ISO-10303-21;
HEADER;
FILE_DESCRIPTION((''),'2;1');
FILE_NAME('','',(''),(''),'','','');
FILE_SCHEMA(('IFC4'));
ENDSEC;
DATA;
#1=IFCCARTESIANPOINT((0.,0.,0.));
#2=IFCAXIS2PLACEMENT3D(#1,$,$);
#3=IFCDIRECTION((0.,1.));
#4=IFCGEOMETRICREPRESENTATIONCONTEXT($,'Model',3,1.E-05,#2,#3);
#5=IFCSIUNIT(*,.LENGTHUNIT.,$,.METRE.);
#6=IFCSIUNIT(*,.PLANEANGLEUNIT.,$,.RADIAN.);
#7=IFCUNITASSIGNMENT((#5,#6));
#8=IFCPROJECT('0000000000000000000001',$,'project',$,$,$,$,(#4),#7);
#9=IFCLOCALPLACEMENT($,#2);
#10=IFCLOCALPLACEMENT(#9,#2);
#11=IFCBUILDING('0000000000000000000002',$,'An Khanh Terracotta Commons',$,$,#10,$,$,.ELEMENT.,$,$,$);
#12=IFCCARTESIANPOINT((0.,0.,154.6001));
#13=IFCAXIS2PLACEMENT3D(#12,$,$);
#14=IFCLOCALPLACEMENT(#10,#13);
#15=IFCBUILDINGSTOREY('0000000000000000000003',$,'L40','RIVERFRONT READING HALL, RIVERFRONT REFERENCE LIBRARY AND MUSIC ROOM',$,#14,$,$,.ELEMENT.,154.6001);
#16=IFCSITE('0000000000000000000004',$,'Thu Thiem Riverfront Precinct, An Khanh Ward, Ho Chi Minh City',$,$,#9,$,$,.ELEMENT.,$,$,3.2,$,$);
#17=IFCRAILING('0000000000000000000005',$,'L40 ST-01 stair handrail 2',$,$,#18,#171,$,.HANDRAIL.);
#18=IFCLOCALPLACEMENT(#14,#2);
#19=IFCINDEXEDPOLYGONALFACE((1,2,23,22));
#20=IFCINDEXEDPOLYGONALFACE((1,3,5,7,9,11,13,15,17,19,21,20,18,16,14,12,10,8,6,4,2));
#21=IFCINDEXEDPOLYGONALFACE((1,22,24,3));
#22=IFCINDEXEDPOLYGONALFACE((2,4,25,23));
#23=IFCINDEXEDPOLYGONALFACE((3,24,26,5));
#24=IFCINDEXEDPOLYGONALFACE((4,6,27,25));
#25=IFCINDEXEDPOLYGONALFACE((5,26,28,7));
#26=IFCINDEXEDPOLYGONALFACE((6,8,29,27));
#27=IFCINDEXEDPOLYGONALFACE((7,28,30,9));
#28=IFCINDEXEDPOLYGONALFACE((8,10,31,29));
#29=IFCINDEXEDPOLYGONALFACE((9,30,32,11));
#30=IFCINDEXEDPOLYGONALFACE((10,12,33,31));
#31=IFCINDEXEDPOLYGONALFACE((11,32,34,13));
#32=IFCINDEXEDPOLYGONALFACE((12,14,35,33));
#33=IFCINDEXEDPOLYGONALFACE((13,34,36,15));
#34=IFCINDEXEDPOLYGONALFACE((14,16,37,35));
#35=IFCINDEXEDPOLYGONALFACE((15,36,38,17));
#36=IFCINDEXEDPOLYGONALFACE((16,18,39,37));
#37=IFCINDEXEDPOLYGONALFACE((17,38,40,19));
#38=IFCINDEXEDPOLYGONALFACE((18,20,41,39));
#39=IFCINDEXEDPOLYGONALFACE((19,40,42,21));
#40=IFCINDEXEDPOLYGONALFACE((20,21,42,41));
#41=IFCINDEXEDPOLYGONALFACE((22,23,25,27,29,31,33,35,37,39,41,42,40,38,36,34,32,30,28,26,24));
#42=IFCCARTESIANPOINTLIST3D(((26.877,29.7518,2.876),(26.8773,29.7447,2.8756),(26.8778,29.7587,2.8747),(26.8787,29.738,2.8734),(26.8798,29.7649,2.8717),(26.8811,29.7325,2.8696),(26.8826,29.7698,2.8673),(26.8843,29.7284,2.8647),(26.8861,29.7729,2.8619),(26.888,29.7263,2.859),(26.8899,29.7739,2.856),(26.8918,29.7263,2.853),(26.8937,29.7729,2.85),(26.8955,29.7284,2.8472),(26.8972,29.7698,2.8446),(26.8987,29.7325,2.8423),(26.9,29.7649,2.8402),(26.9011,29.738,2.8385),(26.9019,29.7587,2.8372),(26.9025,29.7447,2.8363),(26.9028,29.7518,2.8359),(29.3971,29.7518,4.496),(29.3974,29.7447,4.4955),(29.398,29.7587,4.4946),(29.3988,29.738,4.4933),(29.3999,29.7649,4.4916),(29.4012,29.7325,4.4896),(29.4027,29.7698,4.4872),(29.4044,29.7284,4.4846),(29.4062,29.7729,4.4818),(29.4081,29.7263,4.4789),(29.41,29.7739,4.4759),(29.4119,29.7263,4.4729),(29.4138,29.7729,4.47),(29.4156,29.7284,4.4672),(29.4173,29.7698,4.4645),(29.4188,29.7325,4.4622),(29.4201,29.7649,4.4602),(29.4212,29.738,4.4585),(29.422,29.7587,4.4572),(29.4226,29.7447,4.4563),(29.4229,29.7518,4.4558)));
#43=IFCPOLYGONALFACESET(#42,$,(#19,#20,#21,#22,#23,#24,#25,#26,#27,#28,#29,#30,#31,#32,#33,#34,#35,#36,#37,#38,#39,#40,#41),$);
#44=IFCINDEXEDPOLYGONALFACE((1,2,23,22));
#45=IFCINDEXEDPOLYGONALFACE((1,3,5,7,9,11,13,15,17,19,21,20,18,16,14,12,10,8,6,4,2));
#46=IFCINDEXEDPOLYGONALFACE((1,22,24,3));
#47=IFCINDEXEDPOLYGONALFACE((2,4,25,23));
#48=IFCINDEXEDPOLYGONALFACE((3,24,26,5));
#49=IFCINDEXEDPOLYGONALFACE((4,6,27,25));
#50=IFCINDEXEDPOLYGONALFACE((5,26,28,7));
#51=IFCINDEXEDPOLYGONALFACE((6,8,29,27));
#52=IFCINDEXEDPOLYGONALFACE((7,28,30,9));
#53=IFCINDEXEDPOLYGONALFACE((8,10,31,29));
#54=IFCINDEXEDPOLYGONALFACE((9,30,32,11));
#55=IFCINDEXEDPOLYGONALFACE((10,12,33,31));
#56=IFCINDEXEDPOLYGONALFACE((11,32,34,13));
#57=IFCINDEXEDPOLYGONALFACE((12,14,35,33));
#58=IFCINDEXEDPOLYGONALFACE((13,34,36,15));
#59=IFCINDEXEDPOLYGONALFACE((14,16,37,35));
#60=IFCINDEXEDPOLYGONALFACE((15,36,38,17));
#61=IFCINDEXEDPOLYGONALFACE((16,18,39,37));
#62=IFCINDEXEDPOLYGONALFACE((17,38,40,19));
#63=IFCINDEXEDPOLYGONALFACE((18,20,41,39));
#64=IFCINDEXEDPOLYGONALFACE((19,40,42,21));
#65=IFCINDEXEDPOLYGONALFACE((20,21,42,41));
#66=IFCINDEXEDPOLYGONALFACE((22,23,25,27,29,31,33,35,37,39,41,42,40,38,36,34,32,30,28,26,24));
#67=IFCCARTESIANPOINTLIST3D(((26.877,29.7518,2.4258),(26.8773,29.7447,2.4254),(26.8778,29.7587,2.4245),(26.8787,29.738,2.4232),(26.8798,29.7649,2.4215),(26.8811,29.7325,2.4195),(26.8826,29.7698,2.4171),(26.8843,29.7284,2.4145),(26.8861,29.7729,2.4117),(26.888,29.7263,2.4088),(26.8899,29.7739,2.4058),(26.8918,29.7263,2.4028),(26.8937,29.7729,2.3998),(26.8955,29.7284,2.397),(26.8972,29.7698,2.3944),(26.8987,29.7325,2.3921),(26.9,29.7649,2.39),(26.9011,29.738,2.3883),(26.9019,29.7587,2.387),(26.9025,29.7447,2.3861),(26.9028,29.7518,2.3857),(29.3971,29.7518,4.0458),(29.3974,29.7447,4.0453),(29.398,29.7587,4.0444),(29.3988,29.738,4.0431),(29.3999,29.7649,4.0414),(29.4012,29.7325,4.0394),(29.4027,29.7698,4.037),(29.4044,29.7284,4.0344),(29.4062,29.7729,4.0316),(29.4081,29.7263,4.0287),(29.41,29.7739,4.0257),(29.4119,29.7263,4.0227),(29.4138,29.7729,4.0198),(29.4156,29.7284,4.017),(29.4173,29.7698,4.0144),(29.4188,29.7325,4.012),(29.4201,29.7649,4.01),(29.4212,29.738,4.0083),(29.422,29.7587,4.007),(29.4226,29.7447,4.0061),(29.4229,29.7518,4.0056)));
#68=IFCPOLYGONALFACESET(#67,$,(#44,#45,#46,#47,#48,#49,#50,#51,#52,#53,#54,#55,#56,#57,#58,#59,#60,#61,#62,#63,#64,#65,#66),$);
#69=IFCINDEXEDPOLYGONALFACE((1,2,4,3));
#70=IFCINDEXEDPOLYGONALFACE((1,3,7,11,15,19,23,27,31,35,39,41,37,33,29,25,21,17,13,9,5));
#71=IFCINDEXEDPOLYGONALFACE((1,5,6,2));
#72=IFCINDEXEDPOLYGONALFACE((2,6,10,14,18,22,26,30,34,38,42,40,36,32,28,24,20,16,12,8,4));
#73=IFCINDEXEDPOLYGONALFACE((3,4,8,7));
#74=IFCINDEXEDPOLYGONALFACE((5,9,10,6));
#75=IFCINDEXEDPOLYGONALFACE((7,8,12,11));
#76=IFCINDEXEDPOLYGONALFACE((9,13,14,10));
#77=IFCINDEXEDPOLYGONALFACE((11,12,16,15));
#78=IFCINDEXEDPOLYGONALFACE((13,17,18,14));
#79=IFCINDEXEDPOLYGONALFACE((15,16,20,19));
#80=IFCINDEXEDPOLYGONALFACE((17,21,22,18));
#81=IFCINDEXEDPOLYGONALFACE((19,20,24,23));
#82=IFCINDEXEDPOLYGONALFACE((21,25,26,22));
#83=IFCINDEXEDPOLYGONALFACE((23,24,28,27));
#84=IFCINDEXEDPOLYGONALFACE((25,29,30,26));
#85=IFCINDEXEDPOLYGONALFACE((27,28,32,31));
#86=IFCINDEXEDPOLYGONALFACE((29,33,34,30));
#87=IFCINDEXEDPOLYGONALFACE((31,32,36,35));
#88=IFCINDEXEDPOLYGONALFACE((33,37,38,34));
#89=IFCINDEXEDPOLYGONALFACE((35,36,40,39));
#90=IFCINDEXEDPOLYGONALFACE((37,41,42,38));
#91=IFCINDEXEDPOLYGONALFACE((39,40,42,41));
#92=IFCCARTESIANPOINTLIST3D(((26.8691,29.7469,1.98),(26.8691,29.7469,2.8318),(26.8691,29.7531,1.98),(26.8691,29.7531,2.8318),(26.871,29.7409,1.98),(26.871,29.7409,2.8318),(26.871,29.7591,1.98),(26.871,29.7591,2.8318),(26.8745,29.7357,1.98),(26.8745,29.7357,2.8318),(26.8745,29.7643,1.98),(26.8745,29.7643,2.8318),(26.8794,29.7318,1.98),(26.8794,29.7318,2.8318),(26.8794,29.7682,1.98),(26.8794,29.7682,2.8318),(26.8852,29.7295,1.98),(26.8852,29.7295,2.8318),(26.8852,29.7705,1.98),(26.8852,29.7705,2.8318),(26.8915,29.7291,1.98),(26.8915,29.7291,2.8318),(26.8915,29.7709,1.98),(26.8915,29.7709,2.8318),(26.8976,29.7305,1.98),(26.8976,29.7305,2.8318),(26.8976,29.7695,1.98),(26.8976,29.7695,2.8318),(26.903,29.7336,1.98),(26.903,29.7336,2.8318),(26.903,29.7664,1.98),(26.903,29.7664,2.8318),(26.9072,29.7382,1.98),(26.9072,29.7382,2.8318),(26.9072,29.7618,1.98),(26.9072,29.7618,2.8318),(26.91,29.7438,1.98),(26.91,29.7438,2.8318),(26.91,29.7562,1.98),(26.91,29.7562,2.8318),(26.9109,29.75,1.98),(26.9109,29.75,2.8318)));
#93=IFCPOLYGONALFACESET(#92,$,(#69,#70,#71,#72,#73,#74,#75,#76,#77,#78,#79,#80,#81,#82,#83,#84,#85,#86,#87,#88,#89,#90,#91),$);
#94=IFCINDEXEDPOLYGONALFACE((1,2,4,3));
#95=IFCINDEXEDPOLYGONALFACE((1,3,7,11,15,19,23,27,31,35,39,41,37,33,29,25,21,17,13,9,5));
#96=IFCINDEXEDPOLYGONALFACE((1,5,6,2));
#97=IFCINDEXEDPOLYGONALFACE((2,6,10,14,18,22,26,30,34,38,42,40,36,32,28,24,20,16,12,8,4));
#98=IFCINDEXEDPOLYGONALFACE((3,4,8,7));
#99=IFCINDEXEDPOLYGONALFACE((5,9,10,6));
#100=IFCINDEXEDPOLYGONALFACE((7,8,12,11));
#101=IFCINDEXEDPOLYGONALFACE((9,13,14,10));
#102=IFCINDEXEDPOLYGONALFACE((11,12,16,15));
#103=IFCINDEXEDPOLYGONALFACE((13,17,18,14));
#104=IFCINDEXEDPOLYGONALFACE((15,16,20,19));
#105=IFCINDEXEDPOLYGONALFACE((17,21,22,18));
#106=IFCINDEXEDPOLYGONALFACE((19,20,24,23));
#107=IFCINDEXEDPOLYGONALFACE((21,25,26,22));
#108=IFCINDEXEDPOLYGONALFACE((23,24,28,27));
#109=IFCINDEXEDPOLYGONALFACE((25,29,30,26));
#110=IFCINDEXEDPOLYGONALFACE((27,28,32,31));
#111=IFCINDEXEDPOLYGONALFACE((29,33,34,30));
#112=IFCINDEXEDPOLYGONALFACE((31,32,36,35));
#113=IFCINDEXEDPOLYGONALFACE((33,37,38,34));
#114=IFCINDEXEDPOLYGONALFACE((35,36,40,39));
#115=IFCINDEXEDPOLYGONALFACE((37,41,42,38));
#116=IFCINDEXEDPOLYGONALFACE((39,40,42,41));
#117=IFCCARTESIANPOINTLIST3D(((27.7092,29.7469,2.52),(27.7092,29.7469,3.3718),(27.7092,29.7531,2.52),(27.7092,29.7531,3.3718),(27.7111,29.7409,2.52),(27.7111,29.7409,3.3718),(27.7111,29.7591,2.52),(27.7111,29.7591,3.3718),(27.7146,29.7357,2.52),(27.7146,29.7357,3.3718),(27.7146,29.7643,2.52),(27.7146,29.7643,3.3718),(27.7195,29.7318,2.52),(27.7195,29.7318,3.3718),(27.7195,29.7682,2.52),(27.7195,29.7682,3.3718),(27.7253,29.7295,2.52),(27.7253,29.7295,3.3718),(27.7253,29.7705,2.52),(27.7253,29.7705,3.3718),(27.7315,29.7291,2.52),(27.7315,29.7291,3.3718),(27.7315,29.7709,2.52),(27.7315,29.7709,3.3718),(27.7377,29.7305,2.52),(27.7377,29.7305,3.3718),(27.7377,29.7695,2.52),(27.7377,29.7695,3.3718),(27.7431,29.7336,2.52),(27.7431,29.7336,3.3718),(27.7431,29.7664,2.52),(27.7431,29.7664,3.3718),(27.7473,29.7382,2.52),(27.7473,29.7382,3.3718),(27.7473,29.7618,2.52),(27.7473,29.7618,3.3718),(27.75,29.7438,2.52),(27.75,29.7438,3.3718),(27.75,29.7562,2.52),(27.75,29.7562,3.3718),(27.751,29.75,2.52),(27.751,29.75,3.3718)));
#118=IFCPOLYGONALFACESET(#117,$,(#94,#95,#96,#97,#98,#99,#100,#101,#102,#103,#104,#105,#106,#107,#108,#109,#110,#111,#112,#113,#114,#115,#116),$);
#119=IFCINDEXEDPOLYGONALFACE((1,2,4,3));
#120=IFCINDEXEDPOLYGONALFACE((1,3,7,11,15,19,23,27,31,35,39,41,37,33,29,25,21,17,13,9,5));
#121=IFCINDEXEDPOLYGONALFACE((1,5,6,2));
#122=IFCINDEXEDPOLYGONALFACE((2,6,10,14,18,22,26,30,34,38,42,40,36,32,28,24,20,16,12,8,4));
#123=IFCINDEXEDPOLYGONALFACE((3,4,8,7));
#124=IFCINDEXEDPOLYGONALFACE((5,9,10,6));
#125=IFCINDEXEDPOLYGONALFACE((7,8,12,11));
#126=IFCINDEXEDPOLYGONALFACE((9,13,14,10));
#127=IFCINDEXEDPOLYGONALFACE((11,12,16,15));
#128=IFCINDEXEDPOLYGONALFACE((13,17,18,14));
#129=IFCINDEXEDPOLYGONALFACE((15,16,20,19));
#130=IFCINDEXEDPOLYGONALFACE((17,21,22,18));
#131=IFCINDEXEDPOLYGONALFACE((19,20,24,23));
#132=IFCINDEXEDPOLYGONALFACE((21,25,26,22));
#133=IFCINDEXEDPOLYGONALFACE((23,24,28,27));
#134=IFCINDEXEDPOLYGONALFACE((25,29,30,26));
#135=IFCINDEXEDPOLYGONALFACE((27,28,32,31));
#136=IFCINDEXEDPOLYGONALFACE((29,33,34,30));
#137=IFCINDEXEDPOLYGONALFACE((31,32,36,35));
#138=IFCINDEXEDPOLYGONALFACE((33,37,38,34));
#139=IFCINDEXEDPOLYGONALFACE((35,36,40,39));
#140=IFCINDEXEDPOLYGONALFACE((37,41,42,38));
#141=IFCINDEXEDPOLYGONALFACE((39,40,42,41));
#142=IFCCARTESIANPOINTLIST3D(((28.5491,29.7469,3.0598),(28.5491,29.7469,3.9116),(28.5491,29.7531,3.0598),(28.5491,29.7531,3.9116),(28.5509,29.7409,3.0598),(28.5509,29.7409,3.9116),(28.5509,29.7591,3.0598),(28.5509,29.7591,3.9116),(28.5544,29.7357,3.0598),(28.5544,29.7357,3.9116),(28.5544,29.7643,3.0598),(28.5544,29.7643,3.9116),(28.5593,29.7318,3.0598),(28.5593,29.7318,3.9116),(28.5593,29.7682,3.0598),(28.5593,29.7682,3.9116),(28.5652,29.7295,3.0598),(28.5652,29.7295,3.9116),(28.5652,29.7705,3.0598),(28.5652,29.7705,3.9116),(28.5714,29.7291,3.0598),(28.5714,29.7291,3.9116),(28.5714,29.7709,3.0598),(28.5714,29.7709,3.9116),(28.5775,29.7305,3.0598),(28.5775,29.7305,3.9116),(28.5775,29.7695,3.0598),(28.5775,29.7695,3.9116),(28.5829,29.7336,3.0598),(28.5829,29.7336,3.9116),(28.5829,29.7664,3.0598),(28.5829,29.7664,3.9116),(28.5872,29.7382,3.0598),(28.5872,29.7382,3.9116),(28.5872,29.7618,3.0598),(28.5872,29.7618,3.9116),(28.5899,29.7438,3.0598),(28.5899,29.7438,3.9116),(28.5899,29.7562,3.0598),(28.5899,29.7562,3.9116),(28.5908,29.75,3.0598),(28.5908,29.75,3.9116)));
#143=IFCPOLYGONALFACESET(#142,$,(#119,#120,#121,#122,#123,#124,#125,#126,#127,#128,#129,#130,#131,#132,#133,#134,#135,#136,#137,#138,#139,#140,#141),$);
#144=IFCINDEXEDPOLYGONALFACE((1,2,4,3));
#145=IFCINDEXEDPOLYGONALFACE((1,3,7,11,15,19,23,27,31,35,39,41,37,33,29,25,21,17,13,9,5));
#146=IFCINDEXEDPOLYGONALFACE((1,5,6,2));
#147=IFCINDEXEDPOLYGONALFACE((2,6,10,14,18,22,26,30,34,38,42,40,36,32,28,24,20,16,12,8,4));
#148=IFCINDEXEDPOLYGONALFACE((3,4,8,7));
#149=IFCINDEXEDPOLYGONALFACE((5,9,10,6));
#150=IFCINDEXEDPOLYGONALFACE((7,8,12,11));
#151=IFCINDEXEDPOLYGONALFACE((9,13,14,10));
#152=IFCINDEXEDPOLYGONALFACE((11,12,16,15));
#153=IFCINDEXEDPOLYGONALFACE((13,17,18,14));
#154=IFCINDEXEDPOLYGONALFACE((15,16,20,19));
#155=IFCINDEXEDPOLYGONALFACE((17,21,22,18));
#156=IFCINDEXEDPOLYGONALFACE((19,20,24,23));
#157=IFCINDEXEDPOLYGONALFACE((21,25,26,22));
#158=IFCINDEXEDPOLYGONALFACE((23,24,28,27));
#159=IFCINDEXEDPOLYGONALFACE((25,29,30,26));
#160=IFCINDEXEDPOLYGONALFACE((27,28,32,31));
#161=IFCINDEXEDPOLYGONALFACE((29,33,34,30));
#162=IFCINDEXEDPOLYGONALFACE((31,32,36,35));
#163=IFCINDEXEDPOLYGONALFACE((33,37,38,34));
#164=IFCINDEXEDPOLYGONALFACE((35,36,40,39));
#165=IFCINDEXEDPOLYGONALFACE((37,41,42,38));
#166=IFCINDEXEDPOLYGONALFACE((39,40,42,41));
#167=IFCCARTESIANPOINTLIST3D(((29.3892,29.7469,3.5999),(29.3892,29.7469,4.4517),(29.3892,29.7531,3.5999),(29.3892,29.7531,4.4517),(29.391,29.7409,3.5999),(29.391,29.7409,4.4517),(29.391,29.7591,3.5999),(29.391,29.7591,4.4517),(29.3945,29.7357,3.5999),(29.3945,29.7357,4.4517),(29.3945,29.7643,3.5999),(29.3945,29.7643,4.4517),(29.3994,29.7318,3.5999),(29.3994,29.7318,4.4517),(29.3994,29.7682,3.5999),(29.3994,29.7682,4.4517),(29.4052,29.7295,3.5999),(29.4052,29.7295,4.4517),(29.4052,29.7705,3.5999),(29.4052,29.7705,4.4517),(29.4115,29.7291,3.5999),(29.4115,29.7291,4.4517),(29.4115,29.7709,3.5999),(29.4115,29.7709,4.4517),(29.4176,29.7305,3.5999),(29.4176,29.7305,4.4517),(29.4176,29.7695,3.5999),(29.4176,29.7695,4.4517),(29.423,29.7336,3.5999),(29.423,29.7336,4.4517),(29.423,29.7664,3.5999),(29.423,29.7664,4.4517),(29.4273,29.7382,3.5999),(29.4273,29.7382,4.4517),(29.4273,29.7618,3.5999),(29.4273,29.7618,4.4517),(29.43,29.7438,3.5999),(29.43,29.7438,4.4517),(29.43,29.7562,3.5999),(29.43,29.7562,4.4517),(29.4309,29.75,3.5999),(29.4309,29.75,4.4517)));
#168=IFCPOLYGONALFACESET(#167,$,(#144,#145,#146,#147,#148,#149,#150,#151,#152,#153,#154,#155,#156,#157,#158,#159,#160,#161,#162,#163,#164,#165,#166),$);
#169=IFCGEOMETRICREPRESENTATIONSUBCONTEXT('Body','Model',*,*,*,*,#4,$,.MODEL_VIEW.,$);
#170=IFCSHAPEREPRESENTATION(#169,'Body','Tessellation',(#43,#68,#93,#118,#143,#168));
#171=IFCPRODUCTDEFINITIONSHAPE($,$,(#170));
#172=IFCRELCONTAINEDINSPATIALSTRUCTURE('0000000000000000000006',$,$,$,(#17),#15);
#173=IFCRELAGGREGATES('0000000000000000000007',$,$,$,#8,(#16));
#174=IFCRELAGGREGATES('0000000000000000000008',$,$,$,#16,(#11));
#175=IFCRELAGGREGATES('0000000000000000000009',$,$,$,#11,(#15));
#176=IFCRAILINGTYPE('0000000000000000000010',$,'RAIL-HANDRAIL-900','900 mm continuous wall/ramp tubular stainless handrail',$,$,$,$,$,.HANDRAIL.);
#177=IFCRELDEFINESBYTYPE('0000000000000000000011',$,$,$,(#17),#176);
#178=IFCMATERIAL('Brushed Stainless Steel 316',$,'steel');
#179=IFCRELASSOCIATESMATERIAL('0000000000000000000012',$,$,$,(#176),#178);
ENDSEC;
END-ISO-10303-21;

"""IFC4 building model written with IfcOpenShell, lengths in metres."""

from ifc_helpers import new_model, si_unit, direction, frame, origin, origin_2d, place, context, subcontext, project, spatial, circle, extrude, material, type_object, element, save


model = new_model("IFC4")

# Units and contexts
model_context = context("Model", 3, precision=1e-05, world=origin(), true_north=direction((0.0, 1.0)))
body_context = subcontext(model_context, "Body", "Model", "MODEL_VIEW")
ifc_project = project(units=[si_unit("LENGTHUNIT", "METRE"), si_unit("PLANEANGLEUNIT", "RADIAN")], contexts=[model_context])

# Site, building, storey
site_placement = place(None, origin())
site = spatial("IfcSite", under=ifc_project, at=site_placement, Name="Thu Thiem Riverfront Precinct, An Khanh Ward, Ho Chi Minh City", CompositionType="ELEMENT", RefElevation=3.2)
building_placement = place(site_placement, origin())
building = spatial("IfcBuilding", under=site, at=building_placement, Name="An Khanh Terracotta Commons", CompositionType="ELEMENT")
storey_placement = place(building_placement, frame((0.0, 0.0, 154.6001)))
storey = spatial("IfcBuildingStorey", under=building, at=storey_placement, Name="L40", Description="RIVERFRONT READING HALL, RIVERFRONT REFERENCE LIBRARY AND MUSIC ROOM", CompositionType="ELEMENT", Elevation=154.6001)

# Railing
ifc_material_1 = material(Name="Brushed Stainless Steel 316", Category="steel")
railing_type_1 = type_object("IfcRailingType", Name="RAIL-HANDRAIL-900", Description="900 mm continuous wall/ramp tubular stainless handrail", PredefinedType="HANDRAIL", material=ifc_material_1)
railing_1_placement = place(storey_placement, frame((26.8899, 29.75, 1.98)))
element("IfcRailing", 1, at=railing_1_placement, inside=storey, type_object=railing_type_1, Name="L40 ST-01 stair handrail 2", PredefinedType="HANDRAIL", context=body_context, shape_type="SweptSolid", body=[
    extrude(circle(Radius=0.0239, at=origin_2d()), frame((0.0, 0.0, 0.876), z_axis=(0.8412, 0.0, 0.540725), x_axis=(0.0, 1.0, 0.0)), (0.0, 0.0, 1.0), 2.9958),
    extrude(circle(Radius=0.0239, at=origin_2d()), frame((0.0, 0.0, 0.4258), z_axis=(0.8412, 0.0, 0.540725), x_axis=(0.0, 1.0, 0.0)), (0.0, 0.0, 1.0), 2.9958),
    extrude(circle(Radius=0.021, at=origin_2d()), origin(), (0.0, 0.0, 1.0), 0.8518),
    extrude(circle(Radius=0.021, at=origin_2d()), frame((0.8401, 0.0, 0.54)), (0.0, 0.0, 1.0), 0.8518),
    extrude(circle(Radius=0.021, at=origin_2d()), frame((1.6799, 0.0, 1.0798)), (0.0, 0.0, 1.0), 0.8518),
    extrude(circle(Radius=0.021, at=origin_2d()), frame((2.52, 0.0, 1.6199)), (0.0, 0.0, 1.0), 0.8518),
])

save(model, "model.ifc")
